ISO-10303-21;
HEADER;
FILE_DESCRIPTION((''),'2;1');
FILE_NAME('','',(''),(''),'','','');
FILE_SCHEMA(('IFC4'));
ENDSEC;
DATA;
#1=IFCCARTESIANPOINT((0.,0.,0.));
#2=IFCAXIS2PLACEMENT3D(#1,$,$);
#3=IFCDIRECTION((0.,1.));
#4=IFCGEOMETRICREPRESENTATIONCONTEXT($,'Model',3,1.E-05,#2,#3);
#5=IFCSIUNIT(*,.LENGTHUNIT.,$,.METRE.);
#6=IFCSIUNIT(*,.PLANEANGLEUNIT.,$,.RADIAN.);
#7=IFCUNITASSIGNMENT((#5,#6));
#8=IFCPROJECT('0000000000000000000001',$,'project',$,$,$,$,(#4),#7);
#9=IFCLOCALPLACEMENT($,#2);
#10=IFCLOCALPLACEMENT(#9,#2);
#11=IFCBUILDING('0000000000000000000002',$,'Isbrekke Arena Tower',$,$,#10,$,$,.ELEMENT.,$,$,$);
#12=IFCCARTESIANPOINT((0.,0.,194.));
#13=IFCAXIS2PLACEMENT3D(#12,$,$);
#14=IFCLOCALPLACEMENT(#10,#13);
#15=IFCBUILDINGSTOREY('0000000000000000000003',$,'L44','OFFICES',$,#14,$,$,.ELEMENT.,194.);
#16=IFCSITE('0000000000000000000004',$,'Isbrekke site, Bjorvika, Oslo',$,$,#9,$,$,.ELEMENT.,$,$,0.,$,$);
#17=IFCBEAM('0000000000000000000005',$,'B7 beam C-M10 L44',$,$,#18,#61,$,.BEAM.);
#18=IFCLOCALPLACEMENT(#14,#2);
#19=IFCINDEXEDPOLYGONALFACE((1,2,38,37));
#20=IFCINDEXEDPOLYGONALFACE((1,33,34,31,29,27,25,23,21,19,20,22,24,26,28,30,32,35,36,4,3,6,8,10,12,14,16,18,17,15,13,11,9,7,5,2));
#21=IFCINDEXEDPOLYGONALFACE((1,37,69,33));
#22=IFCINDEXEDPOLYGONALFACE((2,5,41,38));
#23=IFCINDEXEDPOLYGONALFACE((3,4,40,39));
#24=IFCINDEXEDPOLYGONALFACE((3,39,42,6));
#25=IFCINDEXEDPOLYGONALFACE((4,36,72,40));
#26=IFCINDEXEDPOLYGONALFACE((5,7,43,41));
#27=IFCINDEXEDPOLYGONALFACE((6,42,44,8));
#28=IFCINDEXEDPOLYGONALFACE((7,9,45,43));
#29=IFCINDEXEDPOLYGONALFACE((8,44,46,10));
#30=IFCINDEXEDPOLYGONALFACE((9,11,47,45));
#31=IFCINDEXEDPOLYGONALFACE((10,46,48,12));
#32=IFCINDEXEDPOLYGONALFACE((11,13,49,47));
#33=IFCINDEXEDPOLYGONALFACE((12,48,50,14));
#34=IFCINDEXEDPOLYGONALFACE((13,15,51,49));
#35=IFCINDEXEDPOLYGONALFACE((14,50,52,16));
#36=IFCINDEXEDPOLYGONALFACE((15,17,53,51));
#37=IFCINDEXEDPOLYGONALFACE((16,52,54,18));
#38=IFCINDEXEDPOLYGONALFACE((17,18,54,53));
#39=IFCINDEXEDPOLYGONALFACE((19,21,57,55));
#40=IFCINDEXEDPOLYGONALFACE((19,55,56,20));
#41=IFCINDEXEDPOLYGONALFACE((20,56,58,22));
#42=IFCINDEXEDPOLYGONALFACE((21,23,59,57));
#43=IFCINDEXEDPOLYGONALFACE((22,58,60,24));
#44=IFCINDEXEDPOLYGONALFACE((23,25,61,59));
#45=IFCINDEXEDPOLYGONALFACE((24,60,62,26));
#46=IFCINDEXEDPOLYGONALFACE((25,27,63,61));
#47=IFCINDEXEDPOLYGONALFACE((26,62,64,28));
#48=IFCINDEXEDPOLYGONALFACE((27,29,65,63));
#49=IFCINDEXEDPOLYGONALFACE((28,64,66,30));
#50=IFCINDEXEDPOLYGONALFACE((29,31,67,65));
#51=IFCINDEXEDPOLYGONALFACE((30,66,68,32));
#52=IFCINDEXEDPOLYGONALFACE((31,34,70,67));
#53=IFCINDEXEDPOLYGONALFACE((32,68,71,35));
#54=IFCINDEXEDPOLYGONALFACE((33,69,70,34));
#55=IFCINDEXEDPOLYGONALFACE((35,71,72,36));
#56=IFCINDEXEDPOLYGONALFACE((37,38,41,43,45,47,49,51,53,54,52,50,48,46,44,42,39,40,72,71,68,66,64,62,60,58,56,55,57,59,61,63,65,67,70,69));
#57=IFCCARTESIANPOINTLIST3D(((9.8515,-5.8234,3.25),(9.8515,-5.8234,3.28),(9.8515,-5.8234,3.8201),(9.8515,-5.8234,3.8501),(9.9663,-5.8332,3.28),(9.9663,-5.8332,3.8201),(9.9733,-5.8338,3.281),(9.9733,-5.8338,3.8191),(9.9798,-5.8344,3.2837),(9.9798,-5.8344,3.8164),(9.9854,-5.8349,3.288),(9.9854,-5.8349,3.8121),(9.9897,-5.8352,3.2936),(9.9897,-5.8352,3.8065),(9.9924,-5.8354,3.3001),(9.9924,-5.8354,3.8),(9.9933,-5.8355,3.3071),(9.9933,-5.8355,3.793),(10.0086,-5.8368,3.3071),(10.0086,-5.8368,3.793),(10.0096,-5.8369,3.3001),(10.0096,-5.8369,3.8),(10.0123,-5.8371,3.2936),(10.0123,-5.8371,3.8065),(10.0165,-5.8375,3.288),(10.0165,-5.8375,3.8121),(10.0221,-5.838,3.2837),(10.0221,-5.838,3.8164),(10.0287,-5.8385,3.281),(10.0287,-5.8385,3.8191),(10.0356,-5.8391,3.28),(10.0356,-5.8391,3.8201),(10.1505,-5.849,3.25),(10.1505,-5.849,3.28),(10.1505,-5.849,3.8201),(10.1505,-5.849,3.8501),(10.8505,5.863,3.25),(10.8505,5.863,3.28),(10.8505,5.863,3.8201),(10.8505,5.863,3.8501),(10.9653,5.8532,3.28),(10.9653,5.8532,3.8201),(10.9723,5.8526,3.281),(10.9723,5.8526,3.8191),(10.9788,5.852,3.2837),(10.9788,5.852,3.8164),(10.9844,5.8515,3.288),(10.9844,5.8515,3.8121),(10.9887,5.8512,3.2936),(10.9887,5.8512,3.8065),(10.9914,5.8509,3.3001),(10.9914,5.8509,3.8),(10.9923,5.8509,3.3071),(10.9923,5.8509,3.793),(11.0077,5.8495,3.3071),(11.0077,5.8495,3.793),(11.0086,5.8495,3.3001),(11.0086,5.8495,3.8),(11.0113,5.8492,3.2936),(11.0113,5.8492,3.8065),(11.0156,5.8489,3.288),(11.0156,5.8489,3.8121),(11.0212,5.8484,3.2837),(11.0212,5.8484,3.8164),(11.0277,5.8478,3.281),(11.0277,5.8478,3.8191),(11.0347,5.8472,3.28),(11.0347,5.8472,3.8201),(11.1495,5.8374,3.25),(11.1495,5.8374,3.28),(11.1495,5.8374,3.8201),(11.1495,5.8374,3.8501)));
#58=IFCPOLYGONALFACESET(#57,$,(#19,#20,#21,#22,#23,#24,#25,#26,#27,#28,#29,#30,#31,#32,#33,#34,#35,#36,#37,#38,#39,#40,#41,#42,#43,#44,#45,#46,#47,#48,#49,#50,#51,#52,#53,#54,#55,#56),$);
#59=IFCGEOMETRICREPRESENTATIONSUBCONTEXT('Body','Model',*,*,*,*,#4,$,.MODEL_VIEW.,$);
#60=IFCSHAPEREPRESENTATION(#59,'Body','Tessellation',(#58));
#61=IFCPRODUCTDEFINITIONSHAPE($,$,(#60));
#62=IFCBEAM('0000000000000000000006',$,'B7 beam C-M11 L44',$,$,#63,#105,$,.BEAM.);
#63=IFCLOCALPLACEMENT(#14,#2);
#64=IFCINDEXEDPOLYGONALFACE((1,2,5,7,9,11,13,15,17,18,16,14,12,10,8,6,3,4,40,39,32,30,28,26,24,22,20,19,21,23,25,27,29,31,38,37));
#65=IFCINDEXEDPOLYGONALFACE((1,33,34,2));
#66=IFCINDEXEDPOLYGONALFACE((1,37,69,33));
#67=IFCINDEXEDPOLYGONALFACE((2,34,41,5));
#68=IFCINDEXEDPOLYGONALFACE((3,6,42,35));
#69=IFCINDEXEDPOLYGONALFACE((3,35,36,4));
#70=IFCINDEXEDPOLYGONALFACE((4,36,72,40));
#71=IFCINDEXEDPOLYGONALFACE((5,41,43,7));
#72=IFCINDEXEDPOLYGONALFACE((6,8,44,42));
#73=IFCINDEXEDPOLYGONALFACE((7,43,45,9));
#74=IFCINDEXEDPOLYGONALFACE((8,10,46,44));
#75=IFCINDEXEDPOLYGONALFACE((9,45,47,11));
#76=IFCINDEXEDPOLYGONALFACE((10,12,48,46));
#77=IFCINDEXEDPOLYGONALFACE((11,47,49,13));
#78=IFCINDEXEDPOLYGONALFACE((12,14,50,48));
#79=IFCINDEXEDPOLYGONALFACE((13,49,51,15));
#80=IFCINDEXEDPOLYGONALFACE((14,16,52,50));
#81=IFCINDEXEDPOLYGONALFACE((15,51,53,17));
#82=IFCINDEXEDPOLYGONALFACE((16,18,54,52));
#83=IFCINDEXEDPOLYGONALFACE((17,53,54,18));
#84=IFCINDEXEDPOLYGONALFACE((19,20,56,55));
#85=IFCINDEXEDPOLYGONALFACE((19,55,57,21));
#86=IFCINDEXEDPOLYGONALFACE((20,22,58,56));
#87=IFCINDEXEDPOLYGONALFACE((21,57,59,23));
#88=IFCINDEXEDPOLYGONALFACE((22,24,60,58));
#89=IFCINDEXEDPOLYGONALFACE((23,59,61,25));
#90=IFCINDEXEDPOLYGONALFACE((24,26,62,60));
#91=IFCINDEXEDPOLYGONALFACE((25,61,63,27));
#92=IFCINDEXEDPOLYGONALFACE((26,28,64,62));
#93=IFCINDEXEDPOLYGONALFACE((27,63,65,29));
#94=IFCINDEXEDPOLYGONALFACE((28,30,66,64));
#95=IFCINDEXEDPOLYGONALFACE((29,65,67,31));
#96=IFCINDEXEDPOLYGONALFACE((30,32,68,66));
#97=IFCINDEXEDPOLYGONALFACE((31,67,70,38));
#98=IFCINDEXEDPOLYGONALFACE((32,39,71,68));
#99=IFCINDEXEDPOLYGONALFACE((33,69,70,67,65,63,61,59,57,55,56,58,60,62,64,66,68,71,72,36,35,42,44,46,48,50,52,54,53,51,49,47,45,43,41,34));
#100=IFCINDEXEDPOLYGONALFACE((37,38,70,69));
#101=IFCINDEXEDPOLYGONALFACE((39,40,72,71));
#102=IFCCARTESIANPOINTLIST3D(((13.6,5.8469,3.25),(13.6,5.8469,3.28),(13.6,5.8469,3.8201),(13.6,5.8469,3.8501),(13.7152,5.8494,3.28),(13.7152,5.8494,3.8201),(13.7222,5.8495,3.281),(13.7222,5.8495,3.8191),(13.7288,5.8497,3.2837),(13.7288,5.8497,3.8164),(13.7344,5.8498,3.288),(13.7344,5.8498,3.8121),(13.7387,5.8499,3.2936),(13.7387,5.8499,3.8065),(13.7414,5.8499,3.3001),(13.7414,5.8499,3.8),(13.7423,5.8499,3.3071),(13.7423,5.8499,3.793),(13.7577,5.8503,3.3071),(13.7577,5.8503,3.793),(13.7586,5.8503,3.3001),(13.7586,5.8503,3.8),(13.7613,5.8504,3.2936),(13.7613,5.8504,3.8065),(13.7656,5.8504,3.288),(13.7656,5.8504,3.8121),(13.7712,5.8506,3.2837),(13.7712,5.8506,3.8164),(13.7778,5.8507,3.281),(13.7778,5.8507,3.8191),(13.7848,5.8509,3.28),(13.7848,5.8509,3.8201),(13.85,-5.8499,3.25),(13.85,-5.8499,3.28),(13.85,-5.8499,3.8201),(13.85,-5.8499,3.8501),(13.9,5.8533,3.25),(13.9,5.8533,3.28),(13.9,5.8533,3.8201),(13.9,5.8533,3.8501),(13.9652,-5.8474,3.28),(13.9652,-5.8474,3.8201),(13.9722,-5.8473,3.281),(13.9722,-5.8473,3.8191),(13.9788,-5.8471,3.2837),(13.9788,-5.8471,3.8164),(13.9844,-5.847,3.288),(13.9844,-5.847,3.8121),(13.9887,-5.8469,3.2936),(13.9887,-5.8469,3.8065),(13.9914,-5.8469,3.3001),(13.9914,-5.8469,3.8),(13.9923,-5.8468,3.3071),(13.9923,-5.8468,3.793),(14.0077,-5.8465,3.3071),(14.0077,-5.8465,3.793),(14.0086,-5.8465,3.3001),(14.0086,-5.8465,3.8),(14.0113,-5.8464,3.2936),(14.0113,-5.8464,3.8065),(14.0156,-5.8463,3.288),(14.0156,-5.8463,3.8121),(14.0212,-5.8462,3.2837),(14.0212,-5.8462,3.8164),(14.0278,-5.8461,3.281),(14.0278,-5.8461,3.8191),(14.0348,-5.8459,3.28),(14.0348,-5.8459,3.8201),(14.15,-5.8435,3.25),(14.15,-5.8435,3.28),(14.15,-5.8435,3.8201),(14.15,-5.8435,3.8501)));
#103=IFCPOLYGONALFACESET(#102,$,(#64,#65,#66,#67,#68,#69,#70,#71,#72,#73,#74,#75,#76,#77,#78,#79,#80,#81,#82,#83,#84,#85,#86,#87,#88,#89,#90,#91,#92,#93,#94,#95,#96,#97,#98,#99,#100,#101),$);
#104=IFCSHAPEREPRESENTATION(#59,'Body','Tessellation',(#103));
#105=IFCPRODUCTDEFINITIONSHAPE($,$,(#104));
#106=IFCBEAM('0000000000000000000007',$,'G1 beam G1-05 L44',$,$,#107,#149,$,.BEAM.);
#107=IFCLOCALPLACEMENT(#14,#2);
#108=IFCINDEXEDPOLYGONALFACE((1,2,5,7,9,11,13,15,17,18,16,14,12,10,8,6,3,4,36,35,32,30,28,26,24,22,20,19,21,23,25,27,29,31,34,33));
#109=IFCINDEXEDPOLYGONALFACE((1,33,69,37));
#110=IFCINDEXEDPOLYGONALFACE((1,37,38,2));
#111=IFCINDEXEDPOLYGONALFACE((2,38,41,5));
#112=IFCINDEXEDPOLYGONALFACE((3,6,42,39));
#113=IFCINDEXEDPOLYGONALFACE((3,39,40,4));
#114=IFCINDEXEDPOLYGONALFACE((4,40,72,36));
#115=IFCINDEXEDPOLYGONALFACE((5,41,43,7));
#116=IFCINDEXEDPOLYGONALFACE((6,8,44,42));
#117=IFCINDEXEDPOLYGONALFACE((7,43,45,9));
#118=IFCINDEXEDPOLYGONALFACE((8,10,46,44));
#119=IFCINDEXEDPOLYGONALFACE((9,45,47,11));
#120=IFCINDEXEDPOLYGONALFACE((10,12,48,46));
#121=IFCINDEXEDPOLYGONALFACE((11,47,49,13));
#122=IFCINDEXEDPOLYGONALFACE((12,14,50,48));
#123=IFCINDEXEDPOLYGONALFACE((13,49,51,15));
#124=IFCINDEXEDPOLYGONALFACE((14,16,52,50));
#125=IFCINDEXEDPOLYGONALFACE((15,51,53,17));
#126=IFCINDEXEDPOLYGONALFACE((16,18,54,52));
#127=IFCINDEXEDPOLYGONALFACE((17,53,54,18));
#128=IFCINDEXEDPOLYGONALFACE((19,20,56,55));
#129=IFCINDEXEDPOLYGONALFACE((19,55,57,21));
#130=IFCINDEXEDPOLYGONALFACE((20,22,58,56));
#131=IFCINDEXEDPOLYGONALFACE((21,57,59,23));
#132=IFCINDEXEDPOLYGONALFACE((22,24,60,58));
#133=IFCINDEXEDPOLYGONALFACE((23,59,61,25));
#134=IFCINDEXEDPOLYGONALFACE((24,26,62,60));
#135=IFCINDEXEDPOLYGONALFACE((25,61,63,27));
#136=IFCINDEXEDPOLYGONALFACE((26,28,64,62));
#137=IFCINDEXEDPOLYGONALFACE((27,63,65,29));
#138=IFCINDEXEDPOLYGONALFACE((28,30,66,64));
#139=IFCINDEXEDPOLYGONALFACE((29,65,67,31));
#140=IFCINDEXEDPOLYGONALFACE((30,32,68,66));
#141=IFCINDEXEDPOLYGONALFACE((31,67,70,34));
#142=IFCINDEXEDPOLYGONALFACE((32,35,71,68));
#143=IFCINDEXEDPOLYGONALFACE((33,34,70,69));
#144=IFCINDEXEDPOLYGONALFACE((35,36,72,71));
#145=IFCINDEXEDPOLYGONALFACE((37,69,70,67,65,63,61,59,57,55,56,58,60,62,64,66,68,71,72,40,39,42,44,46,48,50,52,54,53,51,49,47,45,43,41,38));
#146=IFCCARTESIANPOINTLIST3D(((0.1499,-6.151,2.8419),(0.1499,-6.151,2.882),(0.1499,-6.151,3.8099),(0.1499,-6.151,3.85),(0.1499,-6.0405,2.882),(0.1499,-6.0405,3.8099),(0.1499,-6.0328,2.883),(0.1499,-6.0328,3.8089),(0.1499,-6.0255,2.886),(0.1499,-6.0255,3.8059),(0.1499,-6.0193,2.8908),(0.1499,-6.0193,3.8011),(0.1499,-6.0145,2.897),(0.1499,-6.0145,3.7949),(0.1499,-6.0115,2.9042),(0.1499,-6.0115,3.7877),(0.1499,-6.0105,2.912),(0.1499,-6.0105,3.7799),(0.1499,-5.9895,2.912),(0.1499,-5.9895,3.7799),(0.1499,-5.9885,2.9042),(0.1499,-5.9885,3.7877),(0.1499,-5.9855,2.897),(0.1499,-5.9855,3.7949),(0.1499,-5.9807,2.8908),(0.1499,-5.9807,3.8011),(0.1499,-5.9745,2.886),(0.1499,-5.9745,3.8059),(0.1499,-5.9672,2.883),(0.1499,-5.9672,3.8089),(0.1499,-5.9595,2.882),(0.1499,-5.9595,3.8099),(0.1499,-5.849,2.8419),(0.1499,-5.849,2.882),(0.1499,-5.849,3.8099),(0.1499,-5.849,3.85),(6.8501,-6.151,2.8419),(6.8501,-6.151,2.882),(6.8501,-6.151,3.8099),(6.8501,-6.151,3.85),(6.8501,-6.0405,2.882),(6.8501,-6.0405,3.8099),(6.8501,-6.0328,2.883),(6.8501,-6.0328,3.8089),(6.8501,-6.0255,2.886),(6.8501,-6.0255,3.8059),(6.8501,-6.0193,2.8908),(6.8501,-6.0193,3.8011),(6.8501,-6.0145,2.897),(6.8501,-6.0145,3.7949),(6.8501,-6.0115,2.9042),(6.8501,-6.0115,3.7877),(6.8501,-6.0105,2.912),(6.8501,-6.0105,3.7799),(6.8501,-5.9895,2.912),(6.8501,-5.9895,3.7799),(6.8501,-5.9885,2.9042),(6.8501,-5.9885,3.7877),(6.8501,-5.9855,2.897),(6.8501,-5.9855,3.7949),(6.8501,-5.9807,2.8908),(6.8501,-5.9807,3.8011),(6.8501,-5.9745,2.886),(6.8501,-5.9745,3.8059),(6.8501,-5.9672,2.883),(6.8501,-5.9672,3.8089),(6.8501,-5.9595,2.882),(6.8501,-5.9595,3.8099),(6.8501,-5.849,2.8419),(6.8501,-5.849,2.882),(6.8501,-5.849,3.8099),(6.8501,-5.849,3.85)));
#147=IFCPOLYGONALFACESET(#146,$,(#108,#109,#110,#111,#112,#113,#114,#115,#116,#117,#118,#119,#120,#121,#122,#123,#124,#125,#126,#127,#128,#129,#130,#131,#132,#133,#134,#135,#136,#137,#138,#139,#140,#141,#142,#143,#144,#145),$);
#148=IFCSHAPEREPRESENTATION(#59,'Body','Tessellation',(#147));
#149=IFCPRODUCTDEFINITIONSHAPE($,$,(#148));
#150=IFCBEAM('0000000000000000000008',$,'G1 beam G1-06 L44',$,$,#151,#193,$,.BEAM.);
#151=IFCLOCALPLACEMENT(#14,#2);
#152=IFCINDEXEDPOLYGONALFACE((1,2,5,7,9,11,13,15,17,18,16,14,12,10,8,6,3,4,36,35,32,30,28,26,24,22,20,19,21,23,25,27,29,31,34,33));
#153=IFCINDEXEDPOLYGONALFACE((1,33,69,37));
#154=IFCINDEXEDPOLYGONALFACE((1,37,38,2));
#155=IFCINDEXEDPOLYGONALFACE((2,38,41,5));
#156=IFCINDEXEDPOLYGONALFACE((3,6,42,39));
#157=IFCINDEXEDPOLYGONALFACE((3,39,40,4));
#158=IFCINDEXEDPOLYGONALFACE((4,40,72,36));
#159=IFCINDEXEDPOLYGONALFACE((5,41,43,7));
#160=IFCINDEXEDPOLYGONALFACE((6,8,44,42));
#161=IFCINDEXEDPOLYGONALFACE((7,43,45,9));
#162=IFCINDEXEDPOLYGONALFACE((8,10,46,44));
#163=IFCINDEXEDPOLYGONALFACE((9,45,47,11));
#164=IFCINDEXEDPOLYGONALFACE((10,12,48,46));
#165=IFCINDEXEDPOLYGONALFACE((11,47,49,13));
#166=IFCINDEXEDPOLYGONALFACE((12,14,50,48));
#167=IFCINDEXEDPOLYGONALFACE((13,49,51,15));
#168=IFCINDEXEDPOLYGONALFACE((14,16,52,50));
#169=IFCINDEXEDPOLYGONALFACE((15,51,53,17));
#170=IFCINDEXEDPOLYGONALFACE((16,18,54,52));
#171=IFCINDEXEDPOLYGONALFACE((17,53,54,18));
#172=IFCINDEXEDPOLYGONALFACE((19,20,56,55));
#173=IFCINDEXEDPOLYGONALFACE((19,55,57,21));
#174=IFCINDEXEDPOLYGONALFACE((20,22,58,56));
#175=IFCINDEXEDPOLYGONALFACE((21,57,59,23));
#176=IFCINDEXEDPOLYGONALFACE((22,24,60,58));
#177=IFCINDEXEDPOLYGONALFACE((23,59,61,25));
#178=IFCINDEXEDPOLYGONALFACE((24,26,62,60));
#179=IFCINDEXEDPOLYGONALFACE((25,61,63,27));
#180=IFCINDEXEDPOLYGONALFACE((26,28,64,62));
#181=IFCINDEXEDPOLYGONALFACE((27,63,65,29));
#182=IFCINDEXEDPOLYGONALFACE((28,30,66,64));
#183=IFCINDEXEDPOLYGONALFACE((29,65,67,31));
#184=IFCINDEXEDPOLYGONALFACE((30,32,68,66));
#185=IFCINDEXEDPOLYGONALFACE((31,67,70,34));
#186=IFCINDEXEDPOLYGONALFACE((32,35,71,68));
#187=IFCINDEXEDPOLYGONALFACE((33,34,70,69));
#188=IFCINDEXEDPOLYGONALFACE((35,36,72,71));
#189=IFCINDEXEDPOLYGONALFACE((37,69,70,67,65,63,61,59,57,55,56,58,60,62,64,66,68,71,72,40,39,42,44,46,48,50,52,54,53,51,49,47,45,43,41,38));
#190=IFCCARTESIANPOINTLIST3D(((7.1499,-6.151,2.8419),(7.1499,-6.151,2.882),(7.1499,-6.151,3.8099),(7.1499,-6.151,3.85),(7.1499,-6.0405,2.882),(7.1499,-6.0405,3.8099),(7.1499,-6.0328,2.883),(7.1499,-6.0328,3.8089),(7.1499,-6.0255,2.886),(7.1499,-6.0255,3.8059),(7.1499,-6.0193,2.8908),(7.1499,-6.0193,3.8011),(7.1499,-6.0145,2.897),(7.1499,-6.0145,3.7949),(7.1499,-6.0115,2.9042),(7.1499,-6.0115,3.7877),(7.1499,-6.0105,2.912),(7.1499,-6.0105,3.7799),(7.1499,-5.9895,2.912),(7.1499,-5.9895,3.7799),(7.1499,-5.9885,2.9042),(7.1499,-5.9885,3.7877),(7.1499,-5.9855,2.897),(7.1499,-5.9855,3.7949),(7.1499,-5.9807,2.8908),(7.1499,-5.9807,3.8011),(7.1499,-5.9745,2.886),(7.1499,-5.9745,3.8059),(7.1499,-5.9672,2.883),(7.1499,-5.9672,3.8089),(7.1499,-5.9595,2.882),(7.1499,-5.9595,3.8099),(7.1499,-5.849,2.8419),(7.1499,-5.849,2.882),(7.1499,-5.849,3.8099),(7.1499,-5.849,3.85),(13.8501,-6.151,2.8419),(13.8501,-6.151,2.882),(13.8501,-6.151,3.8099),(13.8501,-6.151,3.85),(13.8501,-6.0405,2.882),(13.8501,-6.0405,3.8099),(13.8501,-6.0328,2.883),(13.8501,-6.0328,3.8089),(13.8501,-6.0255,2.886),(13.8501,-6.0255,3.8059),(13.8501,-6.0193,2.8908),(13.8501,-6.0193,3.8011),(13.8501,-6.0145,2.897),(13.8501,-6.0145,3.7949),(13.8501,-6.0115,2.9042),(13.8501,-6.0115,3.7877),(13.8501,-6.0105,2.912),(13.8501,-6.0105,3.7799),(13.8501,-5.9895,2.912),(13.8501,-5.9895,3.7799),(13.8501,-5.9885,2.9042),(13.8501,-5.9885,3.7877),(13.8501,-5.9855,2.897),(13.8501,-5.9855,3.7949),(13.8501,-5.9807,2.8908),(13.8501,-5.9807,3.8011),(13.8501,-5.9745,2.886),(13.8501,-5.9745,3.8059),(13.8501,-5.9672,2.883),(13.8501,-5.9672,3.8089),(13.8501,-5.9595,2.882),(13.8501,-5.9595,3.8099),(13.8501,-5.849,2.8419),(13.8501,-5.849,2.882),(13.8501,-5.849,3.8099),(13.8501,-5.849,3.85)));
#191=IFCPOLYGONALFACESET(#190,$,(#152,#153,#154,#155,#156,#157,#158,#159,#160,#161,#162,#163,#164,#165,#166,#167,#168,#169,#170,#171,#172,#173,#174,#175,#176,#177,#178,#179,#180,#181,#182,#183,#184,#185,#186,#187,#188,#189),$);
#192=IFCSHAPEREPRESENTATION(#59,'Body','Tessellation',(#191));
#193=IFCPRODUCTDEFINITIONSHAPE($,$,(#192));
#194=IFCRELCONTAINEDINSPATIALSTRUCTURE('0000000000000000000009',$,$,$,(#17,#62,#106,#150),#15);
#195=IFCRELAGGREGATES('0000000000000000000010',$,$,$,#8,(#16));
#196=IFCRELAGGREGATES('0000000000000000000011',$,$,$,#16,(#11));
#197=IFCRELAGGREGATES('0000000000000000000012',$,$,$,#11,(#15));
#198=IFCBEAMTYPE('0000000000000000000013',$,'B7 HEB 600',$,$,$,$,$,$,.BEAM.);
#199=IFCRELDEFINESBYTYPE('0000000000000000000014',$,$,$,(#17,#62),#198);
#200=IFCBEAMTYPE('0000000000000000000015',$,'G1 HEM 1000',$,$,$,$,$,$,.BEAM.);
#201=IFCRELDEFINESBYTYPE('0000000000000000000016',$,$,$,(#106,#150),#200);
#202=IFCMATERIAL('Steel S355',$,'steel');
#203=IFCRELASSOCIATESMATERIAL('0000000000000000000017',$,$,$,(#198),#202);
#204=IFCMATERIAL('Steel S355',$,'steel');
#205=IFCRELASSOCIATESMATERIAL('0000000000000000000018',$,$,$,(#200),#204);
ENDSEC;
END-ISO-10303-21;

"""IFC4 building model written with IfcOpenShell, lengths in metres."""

from ifc_helpers import new_model, si_unit, direction, frame, origin, origin_2d, place, context, subcontext, project, spatial, i_section, extrude, material, material_profile, profile_set, type_object, element, save


model = new_model("IFC4")

# Units and contexts
model_context = context("Model", 3, precision=1e-05, world=origin(), true_north=direction((0.0, 1.0)))
body_context = subcontext(model_context, "Body", "Model", "MODEL_VIEW")
ifc_project = project(units=[si_unit("LENGTHUNIT", "METRE"), si_unit("PLANEANGLEUNIT", "RADIAN")], contexts=[model_context])

# Site, building, storey
site_placement = place(None, origin())
site = spatial("IfcSite", under=ifc_project, at=site_placement, Name="Isbrekke site, Bjorvika, Oslo", CompositionType="ELEMENT", RefElevation=0.0)
building_placement = place(site_placement, origin())
building = spatial("IfcBuilding", under=site, at=building_placement, Name="Isbrekke Arena Tower", CompositionType="ELEMENT")
storey_placement = place(building_placement, frame((0.0, 0.0, 194.0)))
storey = spatial("IfcBuildingStorey", under=building, at=storey_placement, Name="L44", Description="OFFICES", CompositionType="ELEMENT", Elevation=194.0)

# Beams
ifc_material_1 = material(Name="Steel S355", Category="steel")
ifc_material_profile_1 = material_profile(ifc_material_1, i_section(OverallWidth=0.3, OverallDepth=0.6001, WebThickness=0.0154, FlangeThickness=0.03, FilletRadius=0.0271, at=origin_2d()), Name="HEB 600")
ifc_profile_set_1 = profile_set([ifc_material_profile_1], Name="Steel S355")
beam_type_1 = type_object("IfcBeamType", Name="B7 HEB 600", PredefinedType="BEAM", material=ifc_profile_set_1)
beam_1_placement = place(storey_placement, frame((10.001, -5.8362, 3.55), z_axis=(0.085176, 0.996366, 0.0), x_axis=(-0.996366, 0.085176, 0.0)))
element("IfcBeam", 1, at=beam_1_placement, inside=storey, type_object=beam_type_1, Name="B7 beam C-M10 L44", PredefinedType="BEAM", context=body_context, shape_type="SweptSolid", body=[
    extrude(i_section(OverallWidth=0.3, OverallDepth=0.6001, WebThickness=0.0154, FlangeThickness=0.03, FilletRadius=0.0271, at=origin_2d()), origin(), (0.0, 0.0, 1.0), 11.729),
])
beam_2_placement = place(storey_placement, frame((14.0, -5.8467, 3.55), z_axis=(-0.021369, 0.999772, 0.0), x_axis=(-0.999772, -0.021369, 0.0)))
element("IfcBeam", 2, at=beam_2_placement, inside=storey, type_object=beam_type_1, Name="B7 beam C-M11 L44", PredefinedType="BEAM", context=body_context, shape_type="SweptSolid", body=[
    extrude(i_section(OverallWidth=0.3, OverallDepth=0.6001, WebThickness=0.0154, FlangeThickness=0.03, FilletRadius=0.0271, at=origin_2d()), origin(), (0.0, 0.0, 1.0), 11.6995),
])
ifc_material_2 = material(Name="Steel S355", Category="steel")
ifc_material_profile_2 = material_profile(ifc_material_2, i_section(OverallWidth=0.302, OverallDepth=1.0081, WebThickness=0.021, FlangeThickness=0.04, FilletRadius=0.03, at=origin_2d()), Name="HEM 1000")
ifc_profile_set_2 = profile_set([ifc_material_profile_2], Name="Steel S355")
beam_type_2 = type_object("IfcBeamType", Name="G1 HEM 1000", PredefinedType="BEAM", material=ifc_profile_set_2)
for number, where, z_axis, x_axis, name in (
    (3, (0.1499, -6.0, 3.3459), (1.0, 0.0, 0.0), (0.0, 1.0, 0.0), "G1 beam G1-05 L44"),
    (4, (7.1499, -6.0, 3.3459), (1.0, 0.0, 0.0), (0.0, 1.0, 0.0), "G1 beam G1-06 L44"),
):
    element("IfcBeam", number, at=place(storey_placement, frame(where, z_axis=z_axis, x_axis=x_axis)), inside=storey, type_object=beam_type_2, Name=name, PredefinedType="BEAM", context=body_context, shape_type="SweptSolid", body=[
        extrude(i_section(OverallWidth=0.302, OverallDepth=1.0081, WebThickness=0.021, FlangeThickness=0.04, FilletRadius=0.03, at=origin_2d()), origin(), (0.0, 0.0, 1.0), 6.7002),
    ])

save(model, "model.ifc")
